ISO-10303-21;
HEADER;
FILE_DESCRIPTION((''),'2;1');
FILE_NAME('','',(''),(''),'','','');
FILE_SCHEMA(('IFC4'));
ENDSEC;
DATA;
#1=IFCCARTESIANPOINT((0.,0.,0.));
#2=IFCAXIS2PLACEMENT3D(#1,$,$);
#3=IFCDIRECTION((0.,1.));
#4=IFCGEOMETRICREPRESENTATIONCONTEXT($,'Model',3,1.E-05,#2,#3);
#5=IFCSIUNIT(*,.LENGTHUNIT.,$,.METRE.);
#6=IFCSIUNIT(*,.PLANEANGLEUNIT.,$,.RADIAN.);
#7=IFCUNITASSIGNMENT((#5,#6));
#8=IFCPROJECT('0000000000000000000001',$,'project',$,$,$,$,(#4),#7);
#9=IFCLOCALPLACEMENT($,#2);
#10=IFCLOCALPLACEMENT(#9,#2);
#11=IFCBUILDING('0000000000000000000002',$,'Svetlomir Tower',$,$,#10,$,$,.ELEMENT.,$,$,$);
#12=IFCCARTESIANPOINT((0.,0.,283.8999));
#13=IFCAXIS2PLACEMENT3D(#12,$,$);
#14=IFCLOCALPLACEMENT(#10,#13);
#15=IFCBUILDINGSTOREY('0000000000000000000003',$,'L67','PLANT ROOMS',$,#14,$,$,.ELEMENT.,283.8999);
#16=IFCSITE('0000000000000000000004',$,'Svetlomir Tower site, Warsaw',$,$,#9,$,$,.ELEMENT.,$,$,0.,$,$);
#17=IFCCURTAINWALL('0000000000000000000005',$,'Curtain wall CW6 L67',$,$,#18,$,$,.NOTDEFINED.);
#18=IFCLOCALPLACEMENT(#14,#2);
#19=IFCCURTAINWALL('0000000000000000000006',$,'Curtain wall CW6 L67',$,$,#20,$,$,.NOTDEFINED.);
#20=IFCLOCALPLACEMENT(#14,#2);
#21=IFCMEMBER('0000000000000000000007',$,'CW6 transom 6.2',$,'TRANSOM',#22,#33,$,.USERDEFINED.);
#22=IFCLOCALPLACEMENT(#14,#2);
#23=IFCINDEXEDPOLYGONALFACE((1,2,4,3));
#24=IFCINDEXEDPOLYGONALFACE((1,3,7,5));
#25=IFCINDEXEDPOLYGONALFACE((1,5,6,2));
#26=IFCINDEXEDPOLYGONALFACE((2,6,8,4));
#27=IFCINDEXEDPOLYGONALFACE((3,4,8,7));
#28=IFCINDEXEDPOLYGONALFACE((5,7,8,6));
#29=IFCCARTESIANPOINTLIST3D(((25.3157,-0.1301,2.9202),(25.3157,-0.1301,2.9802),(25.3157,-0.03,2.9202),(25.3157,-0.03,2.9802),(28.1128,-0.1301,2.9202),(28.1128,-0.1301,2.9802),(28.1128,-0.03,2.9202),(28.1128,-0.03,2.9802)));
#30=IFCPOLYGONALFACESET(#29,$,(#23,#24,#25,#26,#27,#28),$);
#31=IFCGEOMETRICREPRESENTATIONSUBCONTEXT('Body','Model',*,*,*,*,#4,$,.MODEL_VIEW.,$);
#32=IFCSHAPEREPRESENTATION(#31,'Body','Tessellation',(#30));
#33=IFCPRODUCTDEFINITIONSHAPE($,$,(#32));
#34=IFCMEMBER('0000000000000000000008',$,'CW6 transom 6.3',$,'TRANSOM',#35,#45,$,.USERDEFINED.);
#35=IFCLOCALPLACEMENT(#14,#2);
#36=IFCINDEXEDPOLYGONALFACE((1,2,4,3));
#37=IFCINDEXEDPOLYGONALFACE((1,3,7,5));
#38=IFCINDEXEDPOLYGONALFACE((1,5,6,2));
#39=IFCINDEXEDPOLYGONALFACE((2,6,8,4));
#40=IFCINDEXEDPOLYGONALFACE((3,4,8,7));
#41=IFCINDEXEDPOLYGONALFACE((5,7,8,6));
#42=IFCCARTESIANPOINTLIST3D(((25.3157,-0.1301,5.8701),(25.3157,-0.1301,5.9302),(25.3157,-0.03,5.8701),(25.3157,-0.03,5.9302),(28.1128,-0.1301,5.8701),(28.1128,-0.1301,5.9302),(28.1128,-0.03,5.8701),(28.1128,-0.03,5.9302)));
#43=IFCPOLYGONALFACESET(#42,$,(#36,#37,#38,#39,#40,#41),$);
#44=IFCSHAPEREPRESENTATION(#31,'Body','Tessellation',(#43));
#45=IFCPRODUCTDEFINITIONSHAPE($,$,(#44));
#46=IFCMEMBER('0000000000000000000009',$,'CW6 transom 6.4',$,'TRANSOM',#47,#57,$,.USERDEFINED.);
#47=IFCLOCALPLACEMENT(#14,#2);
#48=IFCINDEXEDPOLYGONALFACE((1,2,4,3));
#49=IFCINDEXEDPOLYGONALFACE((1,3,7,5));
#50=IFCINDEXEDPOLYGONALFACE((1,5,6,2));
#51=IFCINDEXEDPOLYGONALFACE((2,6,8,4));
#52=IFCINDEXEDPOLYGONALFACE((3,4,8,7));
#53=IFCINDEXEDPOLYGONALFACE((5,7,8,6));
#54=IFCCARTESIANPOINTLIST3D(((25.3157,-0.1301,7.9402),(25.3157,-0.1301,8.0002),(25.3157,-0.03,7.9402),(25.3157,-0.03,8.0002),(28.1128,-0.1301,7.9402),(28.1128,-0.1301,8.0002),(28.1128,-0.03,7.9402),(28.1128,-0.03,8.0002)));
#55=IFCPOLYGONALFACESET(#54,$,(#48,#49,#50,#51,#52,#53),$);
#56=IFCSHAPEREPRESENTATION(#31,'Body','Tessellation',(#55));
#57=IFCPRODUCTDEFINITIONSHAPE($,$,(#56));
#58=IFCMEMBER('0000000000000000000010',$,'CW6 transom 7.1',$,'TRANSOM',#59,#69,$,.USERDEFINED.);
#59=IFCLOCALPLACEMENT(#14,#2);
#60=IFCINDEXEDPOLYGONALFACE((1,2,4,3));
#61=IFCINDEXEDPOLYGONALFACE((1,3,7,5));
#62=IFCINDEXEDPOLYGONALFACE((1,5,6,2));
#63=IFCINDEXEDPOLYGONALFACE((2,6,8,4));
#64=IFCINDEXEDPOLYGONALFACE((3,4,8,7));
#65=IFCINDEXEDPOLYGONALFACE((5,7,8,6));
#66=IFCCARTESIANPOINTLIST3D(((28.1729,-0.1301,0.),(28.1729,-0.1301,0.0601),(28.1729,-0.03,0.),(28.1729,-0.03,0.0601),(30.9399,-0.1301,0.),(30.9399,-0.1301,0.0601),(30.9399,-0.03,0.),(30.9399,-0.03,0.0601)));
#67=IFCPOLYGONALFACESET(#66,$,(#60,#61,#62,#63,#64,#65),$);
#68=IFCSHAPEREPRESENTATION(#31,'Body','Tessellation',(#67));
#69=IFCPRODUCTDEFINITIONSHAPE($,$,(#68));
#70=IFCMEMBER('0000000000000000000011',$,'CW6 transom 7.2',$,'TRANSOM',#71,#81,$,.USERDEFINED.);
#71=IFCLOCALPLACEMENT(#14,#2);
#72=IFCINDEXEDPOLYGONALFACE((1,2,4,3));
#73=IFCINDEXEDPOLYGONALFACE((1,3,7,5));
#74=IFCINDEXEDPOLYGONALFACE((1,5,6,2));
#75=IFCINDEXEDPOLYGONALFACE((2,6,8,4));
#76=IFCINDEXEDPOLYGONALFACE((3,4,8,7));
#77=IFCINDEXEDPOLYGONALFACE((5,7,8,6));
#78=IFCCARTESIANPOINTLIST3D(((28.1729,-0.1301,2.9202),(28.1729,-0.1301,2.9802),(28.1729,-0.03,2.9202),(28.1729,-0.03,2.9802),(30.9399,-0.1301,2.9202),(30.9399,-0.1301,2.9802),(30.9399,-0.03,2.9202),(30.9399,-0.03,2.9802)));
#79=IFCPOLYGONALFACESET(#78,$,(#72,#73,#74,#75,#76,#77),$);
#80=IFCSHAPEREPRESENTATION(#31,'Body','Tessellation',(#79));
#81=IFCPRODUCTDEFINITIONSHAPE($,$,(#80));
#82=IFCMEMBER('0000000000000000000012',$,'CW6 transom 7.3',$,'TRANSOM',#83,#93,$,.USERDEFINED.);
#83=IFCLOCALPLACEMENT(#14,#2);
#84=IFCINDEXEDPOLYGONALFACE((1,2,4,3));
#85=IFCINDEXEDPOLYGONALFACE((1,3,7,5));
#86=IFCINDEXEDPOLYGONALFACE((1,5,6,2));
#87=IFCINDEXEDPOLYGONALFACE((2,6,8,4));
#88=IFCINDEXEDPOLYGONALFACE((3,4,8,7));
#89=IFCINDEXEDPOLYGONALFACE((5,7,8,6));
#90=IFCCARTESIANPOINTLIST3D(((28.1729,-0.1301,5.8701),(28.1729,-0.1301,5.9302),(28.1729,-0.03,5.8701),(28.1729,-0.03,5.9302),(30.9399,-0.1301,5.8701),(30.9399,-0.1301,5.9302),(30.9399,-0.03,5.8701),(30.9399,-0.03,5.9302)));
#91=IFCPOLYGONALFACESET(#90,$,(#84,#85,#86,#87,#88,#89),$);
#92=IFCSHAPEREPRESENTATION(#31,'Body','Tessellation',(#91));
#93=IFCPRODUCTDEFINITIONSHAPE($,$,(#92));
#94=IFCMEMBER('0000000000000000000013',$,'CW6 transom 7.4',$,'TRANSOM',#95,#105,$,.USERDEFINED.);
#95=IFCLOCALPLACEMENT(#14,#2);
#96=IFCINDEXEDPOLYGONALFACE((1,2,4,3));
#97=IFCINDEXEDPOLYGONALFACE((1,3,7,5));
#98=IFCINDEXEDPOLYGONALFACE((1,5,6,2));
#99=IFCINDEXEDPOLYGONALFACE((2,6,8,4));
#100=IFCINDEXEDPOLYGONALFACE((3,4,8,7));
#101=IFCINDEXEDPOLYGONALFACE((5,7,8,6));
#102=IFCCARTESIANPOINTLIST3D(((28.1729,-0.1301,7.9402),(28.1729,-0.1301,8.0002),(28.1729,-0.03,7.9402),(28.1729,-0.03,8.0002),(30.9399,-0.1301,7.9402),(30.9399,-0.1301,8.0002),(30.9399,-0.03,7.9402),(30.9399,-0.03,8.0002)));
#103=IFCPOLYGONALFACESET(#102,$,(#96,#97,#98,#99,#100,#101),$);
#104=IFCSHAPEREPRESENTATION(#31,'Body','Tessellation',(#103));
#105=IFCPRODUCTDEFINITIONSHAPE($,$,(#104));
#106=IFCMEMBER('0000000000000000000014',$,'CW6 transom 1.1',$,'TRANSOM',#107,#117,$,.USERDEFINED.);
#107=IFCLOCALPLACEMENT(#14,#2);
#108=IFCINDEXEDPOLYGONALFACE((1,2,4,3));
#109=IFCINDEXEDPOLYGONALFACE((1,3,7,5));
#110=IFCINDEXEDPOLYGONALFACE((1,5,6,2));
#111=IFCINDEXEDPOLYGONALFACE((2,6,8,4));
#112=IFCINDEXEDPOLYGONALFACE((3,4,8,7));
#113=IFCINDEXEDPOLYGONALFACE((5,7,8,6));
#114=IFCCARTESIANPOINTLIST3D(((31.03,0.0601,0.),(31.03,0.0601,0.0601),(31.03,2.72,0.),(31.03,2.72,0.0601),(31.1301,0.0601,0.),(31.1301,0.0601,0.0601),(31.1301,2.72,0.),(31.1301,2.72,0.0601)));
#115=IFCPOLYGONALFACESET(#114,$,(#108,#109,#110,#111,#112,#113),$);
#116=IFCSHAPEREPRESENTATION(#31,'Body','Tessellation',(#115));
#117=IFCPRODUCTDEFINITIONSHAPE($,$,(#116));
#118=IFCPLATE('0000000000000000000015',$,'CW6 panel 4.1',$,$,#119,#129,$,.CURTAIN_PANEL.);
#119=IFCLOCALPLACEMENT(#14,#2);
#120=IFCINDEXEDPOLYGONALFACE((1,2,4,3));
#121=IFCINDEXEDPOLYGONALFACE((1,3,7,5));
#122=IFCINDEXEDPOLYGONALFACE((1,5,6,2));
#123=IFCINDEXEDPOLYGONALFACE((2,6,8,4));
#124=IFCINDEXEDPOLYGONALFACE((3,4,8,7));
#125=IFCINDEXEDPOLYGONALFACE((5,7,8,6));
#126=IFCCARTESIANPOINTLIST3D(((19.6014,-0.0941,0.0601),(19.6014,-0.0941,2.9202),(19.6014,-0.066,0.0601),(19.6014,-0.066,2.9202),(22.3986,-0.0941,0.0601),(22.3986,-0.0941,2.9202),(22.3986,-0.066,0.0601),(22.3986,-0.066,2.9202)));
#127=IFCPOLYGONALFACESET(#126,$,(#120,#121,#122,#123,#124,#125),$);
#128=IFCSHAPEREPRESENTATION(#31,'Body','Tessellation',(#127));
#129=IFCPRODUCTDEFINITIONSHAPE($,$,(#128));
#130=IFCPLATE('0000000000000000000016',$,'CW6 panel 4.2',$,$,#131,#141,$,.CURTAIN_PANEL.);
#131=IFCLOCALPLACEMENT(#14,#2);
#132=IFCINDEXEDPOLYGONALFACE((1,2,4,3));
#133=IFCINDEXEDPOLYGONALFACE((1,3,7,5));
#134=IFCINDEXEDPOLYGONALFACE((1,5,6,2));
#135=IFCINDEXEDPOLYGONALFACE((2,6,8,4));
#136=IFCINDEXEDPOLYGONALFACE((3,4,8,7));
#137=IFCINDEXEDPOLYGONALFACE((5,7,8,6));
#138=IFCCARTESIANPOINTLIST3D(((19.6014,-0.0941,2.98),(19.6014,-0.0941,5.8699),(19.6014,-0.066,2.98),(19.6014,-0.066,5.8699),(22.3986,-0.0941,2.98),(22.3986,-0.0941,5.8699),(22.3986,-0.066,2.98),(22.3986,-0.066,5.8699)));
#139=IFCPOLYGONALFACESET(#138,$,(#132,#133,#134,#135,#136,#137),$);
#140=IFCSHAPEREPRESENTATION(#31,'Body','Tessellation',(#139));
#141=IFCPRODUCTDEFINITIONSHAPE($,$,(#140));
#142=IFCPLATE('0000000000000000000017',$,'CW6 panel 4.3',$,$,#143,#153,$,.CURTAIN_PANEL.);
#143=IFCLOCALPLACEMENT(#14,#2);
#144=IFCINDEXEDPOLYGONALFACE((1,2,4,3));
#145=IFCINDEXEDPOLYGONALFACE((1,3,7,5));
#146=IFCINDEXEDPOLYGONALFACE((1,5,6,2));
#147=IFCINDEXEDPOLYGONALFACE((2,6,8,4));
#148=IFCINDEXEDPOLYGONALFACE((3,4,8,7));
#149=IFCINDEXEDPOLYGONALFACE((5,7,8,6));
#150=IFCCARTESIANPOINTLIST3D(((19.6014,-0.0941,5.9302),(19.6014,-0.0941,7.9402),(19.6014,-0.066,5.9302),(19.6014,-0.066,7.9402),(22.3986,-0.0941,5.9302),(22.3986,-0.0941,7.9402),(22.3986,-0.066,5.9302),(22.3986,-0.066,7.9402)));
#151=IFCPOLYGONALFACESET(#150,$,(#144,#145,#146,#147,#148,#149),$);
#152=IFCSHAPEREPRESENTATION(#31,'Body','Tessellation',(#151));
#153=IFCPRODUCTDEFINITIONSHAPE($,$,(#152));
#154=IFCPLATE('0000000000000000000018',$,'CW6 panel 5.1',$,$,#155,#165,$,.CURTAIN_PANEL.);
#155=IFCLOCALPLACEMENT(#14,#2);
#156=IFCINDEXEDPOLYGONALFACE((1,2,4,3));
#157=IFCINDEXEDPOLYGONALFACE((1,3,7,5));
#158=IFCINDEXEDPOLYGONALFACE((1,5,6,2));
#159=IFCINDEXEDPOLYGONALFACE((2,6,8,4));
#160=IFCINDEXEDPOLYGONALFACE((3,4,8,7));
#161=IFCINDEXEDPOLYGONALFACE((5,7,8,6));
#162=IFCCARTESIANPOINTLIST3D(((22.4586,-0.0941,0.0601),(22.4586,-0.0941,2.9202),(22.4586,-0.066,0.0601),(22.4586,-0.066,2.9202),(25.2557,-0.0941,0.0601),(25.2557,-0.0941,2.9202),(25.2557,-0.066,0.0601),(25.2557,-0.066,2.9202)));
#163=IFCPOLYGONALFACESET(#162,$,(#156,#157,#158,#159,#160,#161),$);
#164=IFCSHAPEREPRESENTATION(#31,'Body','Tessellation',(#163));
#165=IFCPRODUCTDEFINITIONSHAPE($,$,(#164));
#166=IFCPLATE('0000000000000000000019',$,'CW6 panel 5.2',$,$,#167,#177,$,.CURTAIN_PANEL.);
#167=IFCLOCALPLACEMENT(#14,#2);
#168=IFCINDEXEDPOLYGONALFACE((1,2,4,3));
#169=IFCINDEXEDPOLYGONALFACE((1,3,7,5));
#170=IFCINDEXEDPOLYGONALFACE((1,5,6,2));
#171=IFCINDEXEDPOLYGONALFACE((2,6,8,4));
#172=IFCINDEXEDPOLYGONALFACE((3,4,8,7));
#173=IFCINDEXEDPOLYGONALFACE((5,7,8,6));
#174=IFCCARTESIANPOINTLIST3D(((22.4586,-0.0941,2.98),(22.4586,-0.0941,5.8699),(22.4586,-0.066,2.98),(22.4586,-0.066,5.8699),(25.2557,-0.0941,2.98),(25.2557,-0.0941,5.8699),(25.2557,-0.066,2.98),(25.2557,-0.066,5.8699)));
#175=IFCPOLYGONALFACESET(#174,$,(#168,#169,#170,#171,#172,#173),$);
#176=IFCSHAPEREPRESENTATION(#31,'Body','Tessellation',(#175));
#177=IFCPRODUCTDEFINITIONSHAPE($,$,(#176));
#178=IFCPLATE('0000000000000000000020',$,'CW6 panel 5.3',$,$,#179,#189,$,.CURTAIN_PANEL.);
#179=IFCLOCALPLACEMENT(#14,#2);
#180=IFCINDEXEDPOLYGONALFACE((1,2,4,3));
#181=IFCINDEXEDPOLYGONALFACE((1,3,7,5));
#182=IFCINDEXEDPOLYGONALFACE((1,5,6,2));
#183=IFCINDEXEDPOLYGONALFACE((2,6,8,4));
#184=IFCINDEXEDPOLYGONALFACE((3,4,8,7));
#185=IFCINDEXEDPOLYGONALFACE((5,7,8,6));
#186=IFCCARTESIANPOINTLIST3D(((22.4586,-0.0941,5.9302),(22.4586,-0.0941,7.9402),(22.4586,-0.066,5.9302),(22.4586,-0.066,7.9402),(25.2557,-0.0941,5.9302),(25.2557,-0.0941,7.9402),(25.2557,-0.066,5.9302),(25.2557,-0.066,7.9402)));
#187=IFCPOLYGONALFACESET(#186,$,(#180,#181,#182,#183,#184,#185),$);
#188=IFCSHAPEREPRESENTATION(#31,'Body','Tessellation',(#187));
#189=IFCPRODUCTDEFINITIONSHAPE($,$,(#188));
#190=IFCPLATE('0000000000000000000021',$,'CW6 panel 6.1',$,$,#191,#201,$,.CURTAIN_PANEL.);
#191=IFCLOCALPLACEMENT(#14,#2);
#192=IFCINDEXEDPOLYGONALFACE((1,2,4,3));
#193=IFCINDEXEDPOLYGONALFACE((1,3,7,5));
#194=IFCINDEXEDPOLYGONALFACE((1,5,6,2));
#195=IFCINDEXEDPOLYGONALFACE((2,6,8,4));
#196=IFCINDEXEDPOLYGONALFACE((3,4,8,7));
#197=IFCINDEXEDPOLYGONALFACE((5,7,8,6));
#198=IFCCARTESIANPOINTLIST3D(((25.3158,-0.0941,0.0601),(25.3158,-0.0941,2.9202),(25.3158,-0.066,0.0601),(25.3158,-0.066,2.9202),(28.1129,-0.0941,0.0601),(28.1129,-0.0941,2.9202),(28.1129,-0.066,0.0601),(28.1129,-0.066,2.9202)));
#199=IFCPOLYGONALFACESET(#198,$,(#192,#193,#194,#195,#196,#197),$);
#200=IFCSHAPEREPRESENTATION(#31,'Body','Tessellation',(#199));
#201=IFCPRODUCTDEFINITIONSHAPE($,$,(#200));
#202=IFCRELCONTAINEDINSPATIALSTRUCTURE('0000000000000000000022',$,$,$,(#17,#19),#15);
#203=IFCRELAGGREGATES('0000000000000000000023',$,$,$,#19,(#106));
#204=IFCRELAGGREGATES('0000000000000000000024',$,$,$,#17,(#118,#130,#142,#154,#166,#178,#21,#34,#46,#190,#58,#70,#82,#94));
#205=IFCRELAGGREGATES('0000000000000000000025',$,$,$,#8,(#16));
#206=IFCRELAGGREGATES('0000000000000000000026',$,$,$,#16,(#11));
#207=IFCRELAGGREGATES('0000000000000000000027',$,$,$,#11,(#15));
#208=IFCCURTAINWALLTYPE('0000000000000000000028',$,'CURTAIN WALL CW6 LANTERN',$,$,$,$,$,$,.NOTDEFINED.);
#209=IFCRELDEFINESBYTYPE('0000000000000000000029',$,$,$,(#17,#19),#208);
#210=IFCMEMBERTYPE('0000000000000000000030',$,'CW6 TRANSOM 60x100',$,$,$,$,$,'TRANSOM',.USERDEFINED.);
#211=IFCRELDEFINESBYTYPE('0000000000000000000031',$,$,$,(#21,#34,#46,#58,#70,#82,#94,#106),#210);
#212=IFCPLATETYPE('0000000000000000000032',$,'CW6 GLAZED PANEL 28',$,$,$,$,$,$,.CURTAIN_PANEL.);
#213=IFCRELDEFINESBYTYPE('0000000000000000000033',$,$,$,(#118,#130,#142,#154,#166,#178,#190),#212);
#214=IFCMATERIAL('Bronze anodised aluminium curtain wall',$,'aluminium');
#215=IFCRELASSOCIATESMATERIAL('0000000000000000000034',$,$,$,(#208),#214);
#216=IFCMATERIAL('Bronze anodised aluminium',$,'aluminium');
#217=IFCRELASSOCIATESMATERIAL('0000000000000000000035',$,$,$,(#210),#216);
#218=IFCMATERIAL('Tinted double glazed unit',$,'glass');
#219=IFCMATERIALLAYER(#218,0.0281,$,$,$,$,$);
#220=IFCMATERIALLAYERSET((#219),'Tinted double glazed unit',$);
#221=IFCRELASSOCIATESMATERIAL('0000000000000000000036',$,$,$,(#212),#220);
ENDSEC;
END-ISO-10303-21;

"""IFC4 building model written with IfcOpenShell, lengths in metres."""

from ifc_helpers import new_model, si_unit, direction, frame, origin, origin_2d, place, context, subcontext, project, spatial, rectangle, extrude, material, layer, layer_set, material_profile, profile_set, type_object, element, aggregate, save


model = new_model("IFC4")

# Units and contexts
model_context = context("Model", 3, precision=1e-05, world=origin(), true_north=direction((0.0, 1.0)))
body_context = subcontext(model_context, "Body", "Model", "MODEL_VIEW")
ifc_project = project(units=[si_unit("LENGTHUNIT", "METRE"), si_unit("PLANEANGLEUNIT", "RADIAN")], contexts=[model_context])

# Site, building, storey
site_placement = place(None, origin())
site = spatial("IfcSite", under=ifc_project, at=site_placement, Name="Svetlomir Tower site, Warsaw", CompositionType="ELEMENT", RefElevation=0.0)
building_placement = place(site_placement, origin())
building = spatial("IfcBuilding", under=site, at=building_placement, Name="Svetlomir Tower", CompositionType="ELEMENT")
storey_placement = place(building_placement, frame((0.0, 0.0, 283.8999)))
storey = spatial("IfcBuildingStorey", under=building, at=storey_placement, Name="L67", Description="PLANT ROOMS", CompositionType="ELEMENT", Elevation=283.8999)

# Curtain wall
ifc_material_1 = material(Name="Bronze anodised aluminium curtain wall", Category="aluminium")
curtain_wall_type = type_object("IfcCurtainWallType", Name="CURTAIN WALL CW6 LANTERN", PredefinedType="NOTDEFINED", material=ifc_material_1)
curtain_wall_1_placement = place(storey_placement, origin())
curtain_wall_1 = element("IfcCurtainWall", 1, at=curtain_wall_1_placement, inside=storey, type_object=curtain_wall_type, Name="Curtain wall CW6 L67", PredefinedType="NOTDEFINED")

# Curtain wall
curtain_wall_2_placement = place(storey_placement, origin())
curtain_wall_2 = element("IfcCurtainWall", 2, at=curtain_wall_2_placement, inside=storey, type_object=curtain_wall_type, Name="Curtain wall CW6 L67", PredefinedType="NOTDEFINED")

# Members
ifc_material_2 = material(Name="Bronze anodised aluminium", Category="aluminium")
ifc_material_profile_1 = material_profile(ifc_material_2, rectangle(XDim=0.1001, YDim=0.0601, at=origin_2d()), Name="AL 100x60")
ifc_profile_set_1 = profile_set([ifc_material_profile_1], Name="Bronze anodised aluminium 6063-T6")
member_type_1 = type_object("IfcMemberType", Name="CW6 TRANSOM 60x100", ElementType="TRANSOM", PredefinedType="USERDEFINED", material=ifc_profile_set_1)
member_1_placement = place(storey_placement, frame((25.3157, -0.0801, 2.9502), z_axis=(1.0, 0.0, 0.0), x_axis=(0.0, 1.0, 0.0)))
member_1 = element("IfcMember", 3, at=member_1_placement, type_object=member_type_1, Name="CW6 transom 6.2", ObjectType="TRANSOM", PredefinedType="USERDEFINED", context=body_context, shape_type="SweptSolid", body=[
    extrude(rectangle(XDim=0.1001, YDim=0.0601, at=origin_2d()), origin(), (0.0, 0.0, 1.0), 2.7971),
])
member_2_placement = place(storey_placement, frame((25.3157, -0.0801, 5.9001), z_axis=(1.0, 0.0, 0.0), x_axis=(0.0, 1.0, 0.0)))
member_2 = element("IfcMember", 4, at=member_2_placement, type_object=member_type_1, Name="CW6 transom 6.3", ObjectType="TRANSOM", PredefinedType="USERDEFINED", context=body_context, shape_type="SweptSolid", body=[
    extrude(rectangle(XDim=0.1001, YDim=0.0601, at=origin_2d()), origin(), (0.0, 0.0, 1.0), 2.7971),
])
member_3_placement = place(storey_placement, frame((25.3157, -0.0801, 7.9702), z_axis=(1.0, 0.0, 0.0), x_axis=(0.0, 1.0, 0.0)))
member_3 = element("IfcMember", 5, at=member_3_placement, type_object=member_type_1, Name="CW6 transom 6.4", ObjectType="TRANSOM", PredefinedType="USERDEFINED", context=body_context, shape_type="SweptSolid", body=[
    extrude(rectangle(XDim=0.1001, YDim=0.0601, at=origin_2d()), origin(), (0.0, 0.0, 1.0), 2.7971),
])
member_4_placement = place(storey_placement, frame((28.1729, -0.0801, 0.03), z_axis=(1.0, 0.0, 0.0), x_axis=(0.0, 1.0, 0.0)))
member_4 = element("IfcMember", 6, at=member_4_placement, type_object=member_type_1, Name="CW6 transom 7.1", ObjectType="TRANSOM", PredefinedType="USERDEFINED", context=body_context, shape_type="SweptSolid", body=[
    extrude(rectangle(XDim=0.1001, YDim=0.0601, at=origin_2d()), origin(), (0.0, 0.0, 1.0), 2.7671),
])
member_5_placement = place(storey_placement, frame((28.1729, -0.0801, 2.9502), z_axis=(1.0, 0.0, 0.0), x_axis=(0.0, 1.0, 0.0)))
member_5 = element("IfcMember", 7, at=member_5_placement, type_object=member_type_1, Name="CW6 transom 7.2", ObjectType="TRANSOM", PredefinedType="USERDEFINED", context=body_context, shape_type="SweptSolid", body=[
    extrude(rectangle(XDim=0.1001, YDim=0.0601, at=origin_2d()), origin(), (0.0, 0.0, 1.0), 2.7671),
])
member_6_placement = place(storey_placement, frame((28.1729, -0.0801, 5.9001), z_axis=(1.0, 0.0, 0.0), x_axis=(0.0, 1.0, 0.0)))
member_6 = element("IfcMember", 8, at=member_6_placement, type_object=member_type_1, Name="CW6 transom 7.3", ObjectType="TRANSOM", PredefinedType="USERDEFINED", context=body_context, shape_type="SweptSolid", body=[
    extrude(rectangle(XDim=0.1001, YDim=0.0601, at=origin_2d()), origin(), (0.0, 0.0, 1.0), 2.7671),
])
member_7_placement = place(storey_placement, frame((28.1729, -0.0801, 7.9702), z_axis=(1.0, 0.0, 0.0), x_axis=(0.0, 1.0, 0.0)))
member_7 = element("IfcMember", 9, at=member_7_placement, type_object=member_type_1, Name="CW6 transom 7.4", ObjectType="TRANSOM", PredefinedType="USERDEFINED", context=body_context, shape_type="SweptSolid", body=[
    extrude(rectangle(XDim=0.1001, YDim=0.0601, at=origin_2d()), origin(), (0.0, 0.0, 1.0), 2.7671),
])
member_8_placement = place(storey_placement, frame((31.0801, 0.0601, 0.03), z_axis=(0.0, 1.0, 0.0), x_axis=(-1.0, 0.0, 0.0)))
member_8 = element("IfcMember", 10, at=member_8_placement, type_object=member_type_1, Name="CW6 transom 1.1", ObjectType="TRANSOM", PredefinedType="USERDEFINED", context=body_context, shape_type="SweptSolid", body=[
    extrude(rectangle(XDim=0.1001, YDim=0.0601, at=origin_2d()), origin(), (0.0, 0.0, 1.0), 2.6599),
])
aggregate(curtain_wall_2, [member_8])

# Plates
ifc_material_3 = material(Name="Tinted double glazed unit", Category="glass")
ifc_layer = layer(ifc_material_3, 0.0281)
ifc_layer_set = layer_set([ifc_layer], Name="Tinted double glazed unit")
plate_type = type_object("IfcPlateType", Name="CW6 GLAZED PANEL 28", PredefinedType="CURTAIN_PANEL", material=ifc_layer_set)
plate_1_placement = place(storey_placement, frame((21.0, -0.0801, 0.0601), z_axis=(0.0, 0.0, 1.0), x_axis=(1.0, 0.0, 0.0)))
plate_1 = element("IfcPlate", 11, at=plate_1_placement, type_object=plate_type, Name="CW6 panel 4.1", PredefinedType="CURTAIN_PANEL", context=body_context, shape_type="SweptSolid", body=[
    extrude(rectangle(XDim=2.7971, YDim=0.0281, at=origin_2d()), origin(), (0.0, 0.0, 1.0), 2.8601),
])
plate_2_placement = place(storey_placement, frame((21.0, -0.0801, 2.98), z_axis=(0.0, 0.0, 1.0), x_axis=(1.0, 0.0, 0.0)))
plate_2 = element("IfcPlate", 12, at=plate_2_placement, type_object=plate_type, Name="CW6 panel 4.2", PredefinedType="CURTAIN_PANEL", context=body_context, shape_type="SweptSolid", body=[
    extrude(rectangle(XDim=2.7971, YDim=0.0281, at=origin_2d()), origin(), (0.0, 0.0, 1.0), 2.8899),
])
plate_3_placement = place(storey_placement, frame((21.0, -0.0801, 5.9302), z_axis=(0.0, 0.0, 1.0), x_axis=(1.0, 0.0, 0.0)))
plate_3 = element("IfcPlate", 13, at=plate_3_placement, type_object=plate_type, Name="CW6 panel 4.3", PredefinedType="CURTAIN_PANEL", context=body_context, shape_type="SweptSolid", body=[
    extrude(rectangle(XDim=2.7971, YDim=0.0281, at=origin_2d()), origin(), (0.0, 0.0, 1.0), 2.01),
])
plate_4_placement = place(storey_placement, frame((23.8572, -0.0801, 0.0601), z_axis=(0.0, 0.0, 1.0), x_axis=(1.0, 0.0, 0.0)))
plate_4 = element("IfcPlate", 14, at=plate_4_placement, type_object=plate_type, Name="CW6 panel 5.1", PredefinedType="CURTAIN_PANEL", context=body_context, shape_type="SweptSolid", body=[
    extrude(rectangle(XDim=2.7971, YDim=0.0281, at=origin_2d()), origin(), (0.0, 0.0, 1.0), 2.8601),
])
plate_5_placement = place(storey_placement, frame((23.8572, -0.0801, 2.98), z_axis=(0.0, 0.0, 1.0), x_axis=(1.0, 0.0, 0.0)))
plate_5 = element("IfcPlate", 15, at=plate_5_placement, type_object=plate_type, Name="CW6 panel 5.2", PredefinedType="CURTAIN_PANEL", context=body_context, shape_type="SweptSolid", body=[
    extrude(rectangle(XDim=2.7971, YDim=0.0281, at=origin_2d()), origin(), (0.0, 0.0, 1.0), 2.8899),
])
plate_6_placement = place(storey_placement, frame((23.8572, -0.0801, 5.9302), z_axis=(0.0, 0.0, 1.0), x_axis=(1.0, 0.0, 0.0)))
plate_6 = element("IfcPlate", 16, at=plate_6_placement, type_object=plate_type, Name="CW6 panel 5.3", PredefinedType="CURTAIN_PANEL", context=body_context, shape_type="SweptSolid", body=[
    extrude(rectangle(XDim=2.7971, YDim=0.0281, at=origin_2d()), origin(), (0.0, 0.0, 1.0), 2.01),
])
plate_7_placement = place(storey_placement, frame((26.7144, -0.0801, 0.0601), z_axis=(0.0, 0.0, 1.0), x_axis=(1.0, 0.0, 0.0)))
plate_7 = element("IfcPlate", 17, at=plate_7_placement, type_object=plate_type, Name="CW6 panel 6.1", PredefinedType="CURTAIN_PANEL", context=body_context, shape_type="SweptSolid", body=[
    extrude(rectangle(XDim=2.7971, YDim=0.0281, at=origin_2d()), origin(), (0.0, 0.0, 1.0), 2.8601),
])
aggregate(curtain_wall_1, [plate_1, plate_2, plate_3, plate_4, plate_5, plate_6, member_1, member_2, member_3, plate_7, member_4, member_5, member_6, member_7])

save(model, "model.ifc")
